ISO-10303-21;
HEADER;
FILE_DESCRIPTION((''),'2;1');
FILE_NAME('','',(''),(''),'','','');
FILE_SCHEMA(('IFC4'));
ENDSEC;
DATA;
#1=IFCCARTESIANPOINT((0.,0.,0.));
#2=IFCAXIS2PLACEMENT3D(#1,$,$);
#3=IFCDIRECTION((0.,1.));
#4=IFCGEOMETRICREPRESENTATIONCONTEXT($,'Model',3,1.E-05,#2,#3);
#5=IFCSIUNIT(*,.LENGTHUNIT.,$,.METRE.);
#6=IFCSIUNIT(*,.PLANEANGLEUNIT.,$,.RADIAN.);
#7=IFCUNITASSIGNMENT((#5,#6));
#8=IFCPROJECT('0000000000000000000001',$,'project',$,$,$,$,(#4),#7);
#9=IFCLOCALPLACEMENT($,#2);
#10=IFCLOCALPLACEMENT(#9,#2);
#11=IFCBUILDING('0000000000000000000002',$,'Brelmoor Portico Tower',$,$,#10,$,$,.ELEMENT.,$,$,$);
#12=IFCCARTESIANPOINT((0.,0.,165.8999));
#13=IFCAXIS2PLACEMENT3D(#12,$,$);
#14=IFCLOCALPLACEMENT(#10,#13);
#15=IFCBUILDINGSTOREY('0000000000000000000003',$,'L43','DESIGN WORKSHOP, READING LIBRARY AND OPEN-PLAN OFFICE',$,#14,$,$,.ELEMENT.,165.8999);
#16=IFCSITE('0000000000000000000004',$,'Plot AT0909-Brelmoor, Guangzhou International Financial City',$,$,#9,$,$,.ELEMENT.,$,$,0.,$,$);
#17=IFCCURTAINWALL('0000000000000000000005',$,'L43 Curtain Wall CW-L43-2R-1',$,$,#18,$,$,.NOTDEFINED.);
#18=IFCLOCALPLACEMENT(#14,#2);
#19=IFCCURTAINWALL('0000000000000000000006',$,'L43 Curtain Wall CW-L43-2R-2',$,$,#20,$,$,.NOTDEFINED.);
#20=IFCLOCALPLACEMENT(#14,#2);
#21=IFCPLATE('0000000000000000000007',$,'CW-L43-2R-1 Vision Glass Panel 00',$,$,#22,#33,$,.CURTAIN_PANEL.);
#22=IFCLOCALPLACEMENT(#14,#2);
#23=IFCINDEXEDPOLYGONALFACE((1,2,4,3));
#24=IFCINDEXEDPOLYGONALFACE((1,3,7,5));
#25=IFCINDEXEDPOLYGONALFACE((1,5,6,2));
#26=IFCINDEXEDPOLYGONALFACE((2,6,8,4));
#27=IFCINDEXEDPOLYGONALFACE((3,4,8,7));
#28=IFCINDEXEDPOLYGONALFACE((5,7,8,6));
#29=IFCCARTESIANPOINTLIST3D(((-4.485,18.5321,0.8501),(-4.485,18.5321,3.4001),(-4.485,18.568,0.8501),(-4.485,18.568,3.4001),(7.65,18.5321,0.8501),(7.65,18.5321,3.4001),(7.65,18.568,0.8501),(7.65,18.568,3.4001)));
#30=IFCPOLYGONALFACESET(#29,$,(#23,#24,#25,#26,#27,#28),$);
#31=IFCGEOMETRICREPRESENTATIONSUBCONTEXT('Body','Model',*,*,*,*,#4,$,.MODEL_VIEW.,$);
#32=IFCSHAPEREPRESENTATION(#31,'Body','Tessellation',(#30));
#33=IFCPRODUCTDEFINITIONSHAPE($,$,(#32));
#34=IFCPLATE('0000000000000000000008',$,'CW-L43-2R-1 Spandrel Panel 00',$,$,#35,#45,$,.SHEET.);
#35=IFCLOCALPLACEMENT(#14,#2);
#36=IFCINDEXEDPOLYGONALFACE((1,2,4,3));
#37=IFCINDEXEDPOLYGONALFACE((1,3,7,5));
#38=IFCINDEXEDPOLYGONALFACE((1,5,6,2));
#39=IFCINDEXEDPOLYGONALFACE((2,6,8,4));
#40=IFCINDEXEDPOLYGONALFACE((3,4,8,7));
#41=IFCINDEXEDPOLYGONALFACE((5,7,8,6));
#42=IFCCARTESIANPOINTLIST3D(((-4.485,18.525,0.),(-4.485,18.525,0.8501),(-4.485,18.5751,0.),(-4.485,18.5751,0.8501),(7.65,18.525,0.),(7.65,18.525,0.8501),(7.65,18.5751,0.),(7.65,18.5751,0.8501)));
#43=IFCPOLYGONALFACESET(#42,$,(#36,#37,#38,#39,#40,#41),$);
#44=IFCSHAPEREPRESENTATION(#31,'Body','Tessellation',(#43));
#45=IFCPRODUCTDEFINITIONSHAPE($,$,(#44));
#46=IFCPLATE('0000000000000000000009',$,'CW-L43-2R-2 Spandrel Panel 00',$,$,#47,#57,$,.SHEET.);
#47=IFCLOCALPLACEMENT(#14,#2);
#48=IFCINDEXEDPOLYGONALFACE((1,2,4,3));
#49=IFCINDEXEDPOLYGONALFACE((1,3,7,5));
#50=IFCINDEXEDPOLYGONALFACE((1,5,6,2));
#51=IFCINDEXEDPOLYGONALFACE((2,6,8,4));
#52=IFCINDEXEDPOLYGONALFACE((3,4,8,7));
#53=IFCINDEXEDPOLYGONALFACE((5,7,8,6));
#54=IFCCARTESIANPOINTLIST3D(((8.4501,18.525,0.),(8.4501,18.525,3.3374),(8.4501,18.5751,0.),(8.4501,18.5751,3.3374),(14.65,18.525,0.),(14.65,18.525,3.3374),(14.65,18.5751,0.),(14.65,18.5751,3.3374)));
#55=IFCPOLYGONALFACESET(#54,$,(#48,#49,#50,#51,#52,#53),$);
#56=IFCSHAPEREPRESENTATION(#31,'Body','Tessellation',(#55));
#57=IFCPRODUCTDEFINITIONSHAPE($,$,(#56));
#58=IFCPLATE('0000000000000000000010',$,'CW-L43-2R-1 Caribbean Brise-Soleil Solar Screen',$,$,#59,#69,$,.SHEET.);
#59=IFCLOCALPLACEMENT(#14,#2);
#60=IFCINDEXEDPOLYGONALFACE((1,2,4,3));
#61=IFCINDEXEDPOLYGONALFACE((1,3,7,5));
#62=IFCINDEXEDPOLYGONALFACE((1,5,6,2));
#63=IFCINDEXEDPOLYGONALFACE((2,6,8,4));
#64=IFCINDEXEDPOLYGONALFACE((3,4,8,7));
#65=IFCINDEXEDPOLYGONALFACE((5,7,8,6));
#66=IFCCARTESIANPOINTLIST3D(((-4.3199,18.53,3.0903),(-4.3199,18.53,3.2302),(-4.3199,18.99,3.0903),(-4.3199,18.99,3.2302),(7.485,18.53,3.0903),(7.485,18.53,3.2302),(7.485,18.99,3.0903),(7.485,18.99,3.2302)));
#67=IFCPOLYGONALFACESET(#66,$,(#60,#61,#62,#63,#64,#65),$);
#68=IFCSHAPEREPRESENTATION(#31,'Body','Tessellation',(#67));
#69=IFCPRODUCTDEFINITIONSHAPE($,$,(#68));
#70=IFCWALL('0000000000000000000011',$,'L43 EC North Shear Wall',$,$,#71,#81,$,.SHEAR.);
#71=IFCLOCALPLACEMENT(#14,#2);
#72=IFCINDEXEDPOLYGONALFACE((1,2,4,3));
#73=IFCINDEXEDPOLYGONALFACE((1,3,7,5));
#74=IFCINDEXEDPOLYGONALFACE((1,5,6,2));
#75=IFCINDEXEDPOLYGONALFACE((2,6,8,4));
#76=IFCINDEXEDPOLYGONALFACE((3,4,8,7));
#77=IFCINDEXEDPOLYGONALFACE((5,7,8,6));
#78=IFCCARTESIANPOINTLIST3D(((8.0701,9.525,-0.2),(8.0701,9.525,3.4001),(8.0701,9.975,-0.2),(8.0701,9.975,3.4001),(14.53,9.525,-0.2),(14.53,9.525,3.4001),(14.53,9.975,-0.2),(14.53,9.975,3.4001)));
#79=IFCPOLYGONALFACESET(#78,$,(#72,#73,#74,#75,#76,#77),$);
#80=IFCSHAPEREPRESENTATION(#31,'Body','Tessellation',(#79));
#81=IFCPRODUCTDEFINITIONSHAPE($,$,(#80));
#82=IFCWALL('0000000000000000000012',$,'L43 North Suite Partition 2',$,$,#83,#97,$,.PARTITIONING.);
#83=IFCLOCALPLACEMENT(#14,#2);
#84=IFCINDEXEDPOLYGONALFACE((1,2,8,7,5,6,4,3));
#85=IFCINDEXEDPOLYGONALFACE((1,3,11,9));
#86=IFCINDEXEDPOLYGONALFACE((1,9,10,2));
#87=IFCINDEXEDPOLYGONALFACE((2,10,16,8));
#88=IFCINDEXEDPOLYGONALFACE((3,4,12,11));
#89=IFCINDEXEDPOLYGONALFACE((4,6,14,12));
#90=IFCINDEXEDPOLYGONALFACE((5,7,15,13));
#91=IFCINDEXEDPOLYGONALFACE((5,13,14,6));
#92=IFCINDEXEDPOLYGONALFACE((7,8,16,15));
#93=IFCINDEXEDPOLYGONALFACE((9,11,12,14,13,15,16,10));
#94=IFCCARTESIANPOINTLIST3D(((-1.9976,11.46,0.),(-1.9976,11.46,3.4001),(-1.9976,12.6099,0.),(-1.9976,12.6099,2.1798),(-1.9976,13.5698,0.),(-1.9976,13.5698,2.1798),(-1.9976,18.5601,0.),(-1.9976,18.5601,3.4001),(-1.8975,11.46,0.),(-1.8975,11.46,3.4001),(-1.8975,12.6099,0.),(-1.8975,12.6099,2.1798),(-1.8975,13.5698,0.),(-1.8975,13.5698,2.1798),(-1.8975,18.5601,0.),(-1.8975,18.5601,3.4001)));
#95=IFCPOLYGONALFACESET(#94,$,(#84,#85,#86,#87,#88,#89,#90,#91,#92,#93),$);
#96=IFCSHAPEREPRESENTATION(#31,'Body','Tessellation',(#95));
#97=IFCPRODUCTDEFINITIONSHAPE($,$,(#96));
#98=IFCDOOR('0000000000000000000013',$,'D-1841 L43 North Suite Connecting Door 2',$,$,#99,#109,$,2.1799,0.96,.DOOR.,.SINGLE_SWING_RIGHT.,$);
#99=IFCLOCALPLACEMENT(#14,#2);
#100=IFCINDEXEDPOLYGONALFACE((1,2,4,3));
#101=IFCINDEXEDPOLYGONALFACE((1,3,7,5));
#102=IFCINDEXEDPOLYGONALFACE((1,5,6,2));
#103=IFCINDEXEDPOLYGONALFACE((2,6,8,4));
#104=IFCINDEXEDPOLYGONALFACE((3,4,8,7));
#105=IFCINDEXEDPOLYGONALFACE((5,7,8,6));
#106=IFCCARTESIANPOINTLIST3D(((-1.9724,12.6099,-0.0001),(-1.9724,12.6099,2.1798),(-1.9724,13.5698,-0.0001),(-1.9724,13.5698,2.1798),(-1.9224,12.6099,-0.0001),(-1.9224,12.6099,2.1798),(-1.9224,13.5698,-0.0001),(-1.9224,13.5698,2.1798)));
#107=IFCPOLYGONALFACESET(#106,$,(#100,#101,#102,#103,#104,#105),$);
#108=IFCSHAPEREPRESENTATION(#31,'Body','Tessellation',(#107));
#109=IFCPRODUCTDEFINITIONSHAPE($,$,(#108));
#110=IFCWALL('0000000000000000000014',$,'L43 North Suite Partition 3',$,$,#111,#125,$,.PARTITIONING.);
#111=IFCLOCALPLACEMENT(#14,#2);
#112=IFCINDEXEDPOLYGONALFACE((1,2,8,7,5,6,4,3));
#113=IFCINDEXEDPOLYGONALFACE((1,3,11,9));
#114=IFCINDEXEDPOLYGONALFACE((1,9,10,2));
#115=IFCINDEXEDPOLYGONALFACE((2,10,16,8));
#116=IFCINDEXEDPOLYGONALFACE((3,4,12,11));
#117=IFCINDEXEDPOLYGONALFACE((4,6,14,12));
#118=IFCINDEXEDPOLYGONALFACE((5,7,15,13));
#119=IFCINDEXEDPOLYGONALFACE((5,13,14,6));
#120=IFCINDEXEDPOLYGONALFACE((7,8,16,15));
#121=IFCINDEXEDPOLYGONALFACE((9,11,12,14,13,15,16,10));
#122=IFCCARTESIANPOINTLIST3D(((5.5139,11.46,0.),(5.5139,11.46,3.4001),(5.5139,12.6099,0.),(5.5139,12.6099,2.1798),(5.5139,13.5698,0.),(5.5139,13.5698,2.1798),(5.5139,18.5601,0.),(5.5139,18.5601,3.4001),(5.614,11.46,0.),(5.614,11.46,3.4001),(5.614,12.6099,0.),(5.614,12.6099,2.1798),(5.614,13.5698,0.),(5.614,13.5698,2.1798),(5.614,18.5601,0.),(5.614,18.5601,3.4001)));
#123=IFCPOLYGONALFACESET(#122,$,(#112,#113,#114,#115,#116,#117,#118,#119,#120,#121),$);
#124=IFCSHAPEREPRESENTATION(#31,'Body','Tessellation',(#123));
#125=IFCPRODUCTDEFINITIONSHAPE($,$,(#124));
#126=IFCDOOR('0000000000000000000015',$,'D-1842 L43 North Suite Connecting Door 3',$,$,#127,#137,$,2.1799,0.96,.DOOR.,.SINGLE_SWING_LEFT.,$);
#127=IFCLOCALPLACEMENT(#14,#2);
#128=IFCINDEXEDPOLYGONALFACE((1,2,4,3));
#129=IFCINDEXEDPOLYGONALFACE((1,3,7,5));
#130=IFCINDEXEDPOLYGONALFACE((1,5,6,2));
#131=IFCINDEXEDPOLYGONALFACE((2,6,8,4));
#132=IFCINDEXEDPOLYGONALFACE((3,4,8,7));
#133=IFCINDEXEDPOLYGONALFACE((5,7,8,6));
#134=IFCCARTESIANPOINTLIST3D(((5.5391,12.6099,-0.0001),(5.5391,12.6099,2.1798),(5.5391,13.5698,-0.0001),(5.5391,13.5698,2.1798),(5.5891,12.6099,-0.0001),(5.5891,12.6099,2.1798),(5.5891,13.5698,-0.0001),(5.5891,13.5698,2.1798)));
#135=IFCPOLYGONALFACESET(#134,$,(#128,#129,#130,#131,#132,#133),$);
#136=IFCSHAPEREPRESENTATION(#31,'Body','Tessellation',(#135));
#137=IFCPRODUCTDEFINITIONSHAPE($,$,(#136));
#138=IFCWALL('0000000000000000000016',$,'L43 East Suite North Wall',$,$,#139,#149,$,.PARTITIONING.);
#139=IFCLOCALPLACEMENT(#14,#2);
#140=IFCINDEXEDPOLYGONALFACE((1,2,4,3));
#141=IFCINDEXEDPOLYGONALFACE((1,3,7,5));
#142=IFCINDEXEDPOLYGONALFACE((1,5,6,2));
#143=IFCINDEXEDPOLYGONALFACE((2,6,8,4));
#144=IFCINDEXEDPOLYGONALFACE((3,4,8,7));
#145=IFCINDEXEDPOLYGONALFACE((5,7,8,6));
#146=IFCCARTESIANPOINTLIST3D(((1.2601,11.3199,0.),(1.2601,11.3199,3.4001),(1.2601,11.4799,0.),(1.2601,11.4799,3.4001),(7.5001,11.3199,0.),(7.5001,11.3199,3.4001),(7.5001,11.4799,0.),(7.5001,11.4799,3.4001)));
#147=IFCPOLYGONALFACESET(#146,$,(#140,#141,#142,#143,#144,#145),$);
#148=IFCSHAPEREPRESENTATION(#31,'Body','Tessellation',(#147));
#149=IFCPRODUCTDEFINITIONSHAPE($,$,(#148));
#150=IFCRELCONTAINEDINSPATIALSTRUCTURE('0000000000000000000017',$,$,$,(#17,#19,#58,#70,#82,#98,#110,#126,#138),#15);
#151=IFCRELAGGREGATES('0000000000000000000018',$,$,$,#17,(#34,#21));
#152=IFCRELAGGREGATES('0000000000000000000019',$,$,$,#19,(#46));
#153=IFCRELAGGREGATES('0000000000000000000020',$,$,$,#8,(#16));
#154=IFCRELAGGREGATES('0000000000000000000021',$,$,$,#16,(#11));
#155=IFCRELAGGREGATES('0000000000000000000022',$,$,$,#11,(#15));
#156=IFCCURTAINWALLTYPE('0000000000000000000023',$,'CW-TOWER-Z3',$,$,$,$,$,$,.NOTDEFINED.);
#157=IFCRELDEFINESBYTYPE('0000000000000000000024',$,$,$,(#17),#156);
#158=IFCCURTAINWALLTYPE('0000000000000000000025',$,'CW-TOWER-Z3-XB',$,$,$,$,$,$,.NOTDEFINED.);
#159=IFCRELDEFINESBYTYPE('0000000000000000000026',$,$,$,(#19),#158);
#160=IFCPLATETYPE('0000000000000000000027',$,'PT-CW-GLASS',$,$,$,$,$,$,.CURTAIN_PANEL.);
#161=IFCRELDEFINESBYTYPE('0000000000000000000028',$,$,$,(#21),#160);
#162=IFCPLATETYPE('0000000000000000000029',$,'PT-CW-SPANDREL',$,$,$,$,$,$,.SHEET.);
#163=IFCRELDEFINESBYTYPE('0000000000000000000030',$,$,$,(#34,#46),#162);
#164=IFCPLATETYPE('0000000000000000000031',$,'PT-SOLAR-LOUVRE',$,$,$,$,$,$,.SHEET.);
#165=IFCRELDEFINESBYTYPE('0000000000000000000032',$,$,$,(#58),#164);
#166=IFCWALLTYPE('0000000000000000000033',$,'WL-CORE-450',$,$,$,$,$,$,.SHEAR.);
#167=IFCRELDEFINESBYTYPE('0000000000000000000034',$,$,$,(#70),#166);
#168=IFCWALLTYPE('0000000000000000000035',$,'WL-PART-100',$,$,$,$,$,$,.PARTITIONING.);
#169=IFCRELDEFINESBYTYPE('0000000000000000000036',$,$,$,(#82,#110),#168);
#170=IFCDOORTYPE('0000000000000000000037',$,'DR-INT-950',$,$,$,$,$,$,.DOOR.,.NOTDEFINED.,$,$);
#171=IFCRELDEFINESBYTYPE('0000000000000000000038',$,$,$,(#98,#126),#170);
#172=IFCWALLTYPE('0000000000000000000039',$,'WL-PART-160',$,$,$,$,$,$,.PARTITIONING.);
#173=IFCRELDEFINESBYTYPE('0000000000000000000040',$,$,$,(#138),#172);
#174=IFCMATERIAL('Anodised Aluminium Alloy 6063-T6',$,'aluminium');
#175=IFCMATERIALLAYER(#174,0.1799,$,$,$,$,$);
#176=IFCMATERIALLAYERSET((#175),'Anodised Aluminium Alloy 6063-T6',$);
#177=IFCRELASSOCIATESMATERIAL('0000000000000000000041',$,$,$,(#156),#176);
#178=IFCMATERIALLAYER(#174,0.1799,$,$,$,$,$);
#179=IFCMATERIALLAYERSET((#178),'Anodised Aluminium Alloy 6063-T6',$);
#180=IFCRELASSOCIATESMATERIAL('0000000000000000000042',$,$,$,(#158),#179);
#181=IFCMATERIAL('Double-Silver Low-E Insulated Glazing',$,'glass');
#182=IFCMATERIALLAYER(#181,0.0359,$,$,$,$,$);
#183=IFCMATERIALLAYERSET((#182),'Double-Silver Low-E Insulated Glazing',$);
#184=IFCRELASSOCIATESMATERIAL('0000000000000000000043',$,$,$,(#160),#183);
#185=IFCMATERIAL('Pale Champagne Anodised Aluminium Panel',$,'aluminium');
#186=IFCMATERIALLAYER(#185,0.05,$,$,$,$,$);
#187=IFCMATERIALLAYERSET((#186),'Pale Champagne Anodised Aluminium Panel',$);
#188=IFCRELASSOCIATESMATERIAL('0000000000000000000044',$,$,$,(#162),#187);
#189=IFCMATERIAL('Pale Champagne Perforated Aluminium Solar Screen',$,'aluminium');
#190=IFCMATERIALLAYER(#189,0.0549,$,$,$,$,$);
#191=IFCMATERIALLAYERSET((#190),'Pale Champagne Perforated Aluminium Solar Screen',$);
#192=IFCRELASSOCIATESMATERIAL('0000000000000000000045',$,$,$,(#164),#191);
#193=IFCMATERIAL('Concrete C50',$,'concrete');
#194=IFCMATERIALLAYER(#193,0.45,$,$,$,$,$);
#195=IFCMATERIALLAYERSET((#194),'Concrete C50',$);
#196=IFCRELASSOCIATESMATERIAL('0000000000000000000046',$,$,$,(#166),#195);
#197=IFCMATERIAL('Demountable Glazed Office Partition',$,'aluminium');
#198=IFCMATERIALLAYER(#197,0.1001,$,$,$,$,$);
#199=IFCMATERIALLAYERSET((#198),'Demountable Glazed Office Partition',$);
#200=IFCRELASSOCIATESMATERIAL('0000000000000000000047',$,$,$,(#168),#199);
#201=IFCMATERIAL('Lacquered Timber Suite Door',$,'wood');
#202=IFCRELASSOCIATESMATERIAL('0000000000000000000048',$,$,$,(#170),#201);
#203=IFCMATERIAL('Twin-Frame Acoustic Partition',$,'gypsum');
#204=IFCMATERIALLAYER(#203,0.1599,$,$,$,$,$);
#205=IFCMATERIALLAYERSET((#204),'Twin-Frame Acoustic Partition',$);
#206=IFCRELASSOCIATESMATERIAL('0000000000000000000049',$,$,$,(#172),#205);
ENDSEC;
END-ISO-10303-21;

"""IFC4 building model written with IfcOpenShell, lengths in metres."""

from ifc_helpers import new_model, si_unit, direction, frame, frame_2d, origin, origin_2d, place, context, subcontext, project, spatial, rectangle, extrude, material, layer, layer_set, type_object, element, fill, aggregate, save


model = new_model("IFC4")

# Units and contexts
model_context = context("Model", 3, precision=1e-05, world=origin(), true_north=direction((0.0, 1.0)))
body_context = subcontext(model_context, "Body", "Model", "MODEL_VIEW")
ifc_project = project(units=[si_unit("LENGTHUNIT", "METRE"), si_unit("PLANEANGLEUNIT", "RADIAN")], contexts=[model_context])

# Site, building, storey
site_placement = place(None, origin())
site = spatial("IfcSite", under=ifc_project, at=site_placement, Name="Plot AT0909-Brelmoor, Guangzhou International Financial City", CompositionType="ELEMENT", RefElevation=0.0)
building_placement = place(site_placement, origin())
building = spatial("IfcBuilding", under=site, at=building_placement, Name="Brelmoor Portico Tower", CompositionType="ELEMENT")
storey_placement = place(building_placement, frame((0.0, 0.0, 165.8999)))
storey = spatial("IfcBuildingStorey", under=building, at=storey_placement, Name="L43", Description="DESIGN WORKSHOP, READING LIBRARY AND OPEN-PLAN OFFICE", CompositionType="ELEMENT", Elevation=165.8999)

# Curtain walls
ifc_material_1 = material(Name="Anodised Aluminium Alloy 6063-T6", Category="aluminium")
ifc_layer_1 = layer(ifc_material_1, 0.1799)
ifc_layer_set_1 = layer_set([ifc_layer_1], Name="Anodised Aluminium Alloy 6063-T6")
curtain_wall_type_1 = type_object("IfcCurtainWallType", Name="CW-TOWER-Z3", PredefinedType="NOTDEFINED", material=ifc_layer_set_1)
curtain_wall_1_placement = place(storey_placement, origin())
curtain_wall_1 = element("IfcCurtainWall", 1, at=curtain_wall_1_placement, inside=storey, type_object=curtain_wall_type_1, Name="L43 Curtain Wall CW-L43-2R-1", PredefinedType="NOTDEFINED")
ifc_layer_2 = layer(ifc_material_1, 0.1799)
ifc_layer_set_2 = layer_set([ifc_layer_2], Name="Anodised Aluminium Alloy 6063-T6")
curtain_wall_type_2 = type_object("IfcCurtainWallType", Name="CW-TOWER-Z3-XB", PredefinedType="NOTDEFINED", material=ifc_layer_set_2)
curtain_wall_2_placement = place(storey_placement, origin())
curtain_wall_2 = element("IfcCurtainWall", 2, at=curtain_wall_2_placement, inside=storey, type_object=curtain_wall_type_2, Name="L43 Curtain Wall CW-L43-2R-2", PredefinedType="NOTDEFINED")

# Plates
ifc_material_2 = material(Name="Double-Silver Low-E Insulated Glazing", Category="glass")
ifc_layer_3 = layer(ifc_material_2, 0.0359)
ifc_layer_set_3 = layer_set([ifc_layer_3], Name="Double-Silver Low-E Insulated Glazing")
plate_type_1 = type_object("IfcPlateType", Name="PT-CW-GLASS", PredefinedType="CURTAIN_PANEL", material=ifc_layer_set_3)
plate_1_placement = place(storey_placement, frame((1.5825, 18.55, 0.8501), z_axis=(0.0, 0.0, 1.0), x_axis=(1.0, 0.0, 0.0)))
plate_1 = element("IfcPlate", 3, at=plate_1_placement, type_object=plate_type_1, Name="CW-L43-2R-1 Vision Glass Panel 00", PredefinedType="CURTAIN_PANEL", context=body_context, shape_type="SweptSolid", body=[
    extrude(rectangle(XDim=12.135, YDim=0.0359, at=origin_2d()), origin(), (0.0, 0.0, 1.0), 2.55),
])
ifc_material_3 = material(Name="Pale Champagne Anodised Aluminium Panel", Category="aluminium")
ifc_layer_4 = layer(ifc_material_3, 0.05)
ifc_layer_set_4 = layer_set([ifc_layer_4], Name="Pale Champagne Anodised Aluminium Panel")
plate_type_2 = type_object("IfcPlateType", Name="PT-CW-SPANDREL", PredefinedType="SHEET", material=ifc_layer_set_4)
plate_2_placement = place(storey_placement, frame((1.5825, 18.55, 0.0), z_axis=(0.0, 0.0, 1.0), x_axis=(1.0, 0.0, 0.0)))
plate_2 = element("IfcPlate", 4, at=plate_2_placement, type_object=plate_type_2, Name="CW-L43-2R-1 Spandrel Panel 00", PredefinedType="SHEET", context=body_context, shape_type="SweptSolid", body=[
    extrude(rectangle(XDim=12.135, YDim=0.05, at=origin_2d()), origin(), (0.0, 0.0, 1.0), 0.8501),
])
aggregate(curtain_wall_1, [plate_2, plate_1])
plate_3_placement = place(storey_placement, frame((11.55, 18.55, 0.0), z_axis=(0.0, 0.0, 1.0), x_axis=(1.0, 0.0, 0.0)))
plate_3 = element("IfcPlate", 5, at=plate_3_placement, type_object=plate_type_2, Name="CW-L43-2R-2 Spandrel Panel 00", PredefinedType="SHEET", context=body_context, shape_type="SweptSolid", body=[
    extrude(rectangle(XDim=6.2, YDim=0.05, at=origin_2d()), origin(), (0.0, 0.0, 1.0), 3.3374),
])
aggregate(curtain_wall_2, [plate_3])
ifc_material_4 = material(Name="Pale Champagne Perforated Aluminium Solar Screen", Category="aluminium")
ifc_layer_5 = layer(ifc_material_4, 0.0549)
ifc_layer_set_5 = layer_set([ifc_layer_5], Name="Pale Champagne Perforated Aluminium Solar Screen")
plate_type_3 = type_object("IfcPlateType", Name="PT-SOLAR-LOUVRE", PredefinedType="SHEET", material=ifc_layer_set_5)
plate_4_placement = place(storey_placement, frame((1.5825, 18.76, 3.0903), z_axis=(0.0, 0.0, 1.0), x_axis=(1.0, 0.0, 0.0)))
element("IfcPlate", 6, at=plate_4_placement, inside=storey, type_object=plate_type_3, Name="CW-L43-2R-1 Caribbean Brise-Soleil Solar Screen", PredefinedType="SHEET", context=body_context, shape_type="SweptSolid", body=[
    extrude(rectangle(XDim=11.8049, YDim=0.46, at=origin_2d()), origin(), (0.0, 0.0, 1.0), 0.1399),
])

# Wall
ifc_material_5 = material(Name="Concrete C50", Category="concrete")
ifc_layer_6 = layer(ifc_material_5, 0.45)
ifc_layer_set_6 = layer_set([ifc_layer_6], Name="Concrete C50")
wall_type_1 = type_object("IfcWallType", Name="WL-CORE-450", PredefinedType="SHEAR", material=ifc_layer_set_6)
wall_1_placement = place(storey_placement, frame((8.0701, 9.75, -0.2), z_axis=(0.0, 0.0, 1.0), x_axis=(1.0, 0.0, 0.0)))
element("IfcWall", 7, at=wall_1_placement, inside=storey, type_object=wall_type_1, Name="L43 EC North Shear Wall", PredefinedType="SHEAR", context=body_context, shape_type="SweptSolid", body=[
    extrude(rectangle(XDim=6.46, YDim=0.45, at=frame_2d((3.23, 0.0))), origin(), (0.0, 0.0, 1.0), 3.6001),
])

# Walls, openings, doors
ifc_material_6 = material(Name="Demountable Glazed Office Partition", Category="aluminium")
ifc_layer_7 = layer(ifc_material_6, 0.1001)
ifc_layer_set_7 = layer_set([ifc_layer_7], Name="Demountable Glazed Office Partition")
wall_type_2 = type_object("IfcWallType", Name="WL-PART-100", PredefinedType="PARTITIONING", material=ifc_layer_set_7)
wall_2_placement = place(storey_placement, frame((-1.9475, 11.46, 0.0), z_axis=(0.0, 0.0, 1.0), x_axis=(0.0, 1.0, 0.0)))
wall_2 = element("IfcWall", 8, at=wall_2_placement, inside=storey, type_object=wall_type_2, Name="L43 North Suite Partition 2", PredefinedType="PARTITIONING", context=body_context, shape_type="SweptSolid", body=[
    extrude(rectangle(XDim=7.1001, YDim=0.1001, at=frame_2d((3.55, 0.0))), origin(), (0.0, 0.0, 1.0), 3.4001),
])
opening_1_placement = place(wall_2_placement, frame((1.1499, 0.0, 0.0)))
opening_1 = element("IfcOpeningElement", 9, at=opening_1_placement, cuts=wall_2, PredefinedType="OPENING", context=body_context, shape_type="SweptSolid", body=[
    extrude(rectangle(XDim=0.96, YDim=2.1799, at=frame_2d((0.48, 1.0898))), frame((0.0, 0.0601, 0.0), z_axis=(0.0, -1.0, 0.0), x_axis=(1.0, 0.0, 0.0)), (0.0, 0.0, 1.0), 0.1201),
])
ifc_material_7 = material(Name="Lacquered Timber Suite Door", Category="wood")
door_type_1 = type_object("IfcDoorType", Name="DR-INT-950", OperationType="NOTDEFINED", PredefinedType="DOOR", material=ifc_material_7)
door_1_placement = place(opening_1_placement, origin())
door_1 = element("IfcDoor", 10, at=door_1_placement, inside=storey, type_object=door_type_1, Name="D-1841 L43 North Suite Connecting Door 2", OperationType="SINGLE_SWING_RIGHT", OverallHeight=2.1799, OverallWidth=0.96, PredefinedType="DOOR", context=body_context, shape_type="SweptSolid", body=[
    extrude(rectangle(XDim=0.96, YDim=2.1799, at=frame_2d((0.48, 1.0898))), frame((0.0, 0.0249, 0.0), z_axis=(0.0, -1.0, 0.0), x_axis=(1.0, 0.0, 0.0)), (0.0, 0.0, 1.0), 0.05),
])
fill(opening_1, door_1)
wall_3_placement = place(storey_placement, frame((5.564, 11.46, 0.0), z_axis=(0.0, 0.0, 1.0), x_axis=(0.0, 1.0, 0.0)))
wall_3 = element("IfcWall", 11, at=wall_3_placement, inside=storey, type_object=wall_type_2, Name="L43 North Suite Partition 3", PredefinedType="PARTITIONING", context=body_context, shape_type="SweptSolid", body=[
    extrude(rectangle(XDim=7.1001, YDim=0.1001, at=frame_2d((3.55, 0.0))), origin(), (0.0, 0.0, 1.0), 3.4001),
])
opening_2_placement = place(wall_3_placement, frame((1.1499, 0.0, 0.0)))
opening_2 = element("IfcOpeningElement", 12, at=opening_2_placement, cuts=wall_3, PredefinedType="OPENING", context=body_context, shape_type="SweptSolid", body=[
    extrude(rectangle(XDim=0.96, YDim=2.1799, at=frame_2d((0.48, 1.0898))), frame((0.0, 0.0601, 0.0), z_axis=(0.0, -1.0, 0.0), x_axis=(1.0, 0.0, 0.0)), (0.0, 0.0, 1.0), 0.1201),
])
door_2_placement = place(opening_2_placement, origin())
door_2 = element("IfcDoor", 13, at=door_2_placement, inside=storey, type_object=door_type_1, Name="D-1842 L43 North Suite Connecting Door 3", OperationType="SINGLE_SWING_LEFT", OverallHeight=2.1799, OverallWidth=0.96, PredefinedType="DOOR", context=body_context, shape_type="SweptSolid", body=[
    extrude(rectangle(XDim=0.96, YDim=2.1799, at=frame_2d((0.48, 1.0898))), frame((0.0, 0.0249, 0.0), z_axis=(0.0, -1.0, 0.0), x_axis=(1.0, 0.0, 0.0)), (0.0, 0.0, 1.0), 0.05),
])
fill(opening_2, door_2)

# Wall
ifc_material_8 = material(Name="Twin-Frame Acoustic Partition", Category="gypsum")
ifc_layer_8 = layer(ifc_material_8, 0.1599)
ifc_layer_set_8 = layer_set([ifc_layer_8], Name="Twin-Frame Acoustic Partition")
wall_type_3 = type_object("IfcWallType", Name="WL-PART-160", PredefinedType="PARTITIONING", material=ifc_layer_set_8)
wall_4_placement = place(storey_placement, frame((1.26, 11.3999, 0.0), z_axis=(0.0, 0.0, 1.0), x_axis=(1.0, 0.0, 0.0)))
element("IfcWall", 14, at=wall_4_placement, inside=storey, type_object=wall_type_3, Name="L43 East Suite North Wall", PredefinedType="PARTITIONING", context=body_context, shape_type="SweptSolid", body=[
    extrude(rectangle(XDim=6.24, YDim=0.1599, at=frame_2d((3.1201, 0.0))), origin(), (0.0, 0.0, 1.0), 3.4001),
])

save(model, "model.ifc")
